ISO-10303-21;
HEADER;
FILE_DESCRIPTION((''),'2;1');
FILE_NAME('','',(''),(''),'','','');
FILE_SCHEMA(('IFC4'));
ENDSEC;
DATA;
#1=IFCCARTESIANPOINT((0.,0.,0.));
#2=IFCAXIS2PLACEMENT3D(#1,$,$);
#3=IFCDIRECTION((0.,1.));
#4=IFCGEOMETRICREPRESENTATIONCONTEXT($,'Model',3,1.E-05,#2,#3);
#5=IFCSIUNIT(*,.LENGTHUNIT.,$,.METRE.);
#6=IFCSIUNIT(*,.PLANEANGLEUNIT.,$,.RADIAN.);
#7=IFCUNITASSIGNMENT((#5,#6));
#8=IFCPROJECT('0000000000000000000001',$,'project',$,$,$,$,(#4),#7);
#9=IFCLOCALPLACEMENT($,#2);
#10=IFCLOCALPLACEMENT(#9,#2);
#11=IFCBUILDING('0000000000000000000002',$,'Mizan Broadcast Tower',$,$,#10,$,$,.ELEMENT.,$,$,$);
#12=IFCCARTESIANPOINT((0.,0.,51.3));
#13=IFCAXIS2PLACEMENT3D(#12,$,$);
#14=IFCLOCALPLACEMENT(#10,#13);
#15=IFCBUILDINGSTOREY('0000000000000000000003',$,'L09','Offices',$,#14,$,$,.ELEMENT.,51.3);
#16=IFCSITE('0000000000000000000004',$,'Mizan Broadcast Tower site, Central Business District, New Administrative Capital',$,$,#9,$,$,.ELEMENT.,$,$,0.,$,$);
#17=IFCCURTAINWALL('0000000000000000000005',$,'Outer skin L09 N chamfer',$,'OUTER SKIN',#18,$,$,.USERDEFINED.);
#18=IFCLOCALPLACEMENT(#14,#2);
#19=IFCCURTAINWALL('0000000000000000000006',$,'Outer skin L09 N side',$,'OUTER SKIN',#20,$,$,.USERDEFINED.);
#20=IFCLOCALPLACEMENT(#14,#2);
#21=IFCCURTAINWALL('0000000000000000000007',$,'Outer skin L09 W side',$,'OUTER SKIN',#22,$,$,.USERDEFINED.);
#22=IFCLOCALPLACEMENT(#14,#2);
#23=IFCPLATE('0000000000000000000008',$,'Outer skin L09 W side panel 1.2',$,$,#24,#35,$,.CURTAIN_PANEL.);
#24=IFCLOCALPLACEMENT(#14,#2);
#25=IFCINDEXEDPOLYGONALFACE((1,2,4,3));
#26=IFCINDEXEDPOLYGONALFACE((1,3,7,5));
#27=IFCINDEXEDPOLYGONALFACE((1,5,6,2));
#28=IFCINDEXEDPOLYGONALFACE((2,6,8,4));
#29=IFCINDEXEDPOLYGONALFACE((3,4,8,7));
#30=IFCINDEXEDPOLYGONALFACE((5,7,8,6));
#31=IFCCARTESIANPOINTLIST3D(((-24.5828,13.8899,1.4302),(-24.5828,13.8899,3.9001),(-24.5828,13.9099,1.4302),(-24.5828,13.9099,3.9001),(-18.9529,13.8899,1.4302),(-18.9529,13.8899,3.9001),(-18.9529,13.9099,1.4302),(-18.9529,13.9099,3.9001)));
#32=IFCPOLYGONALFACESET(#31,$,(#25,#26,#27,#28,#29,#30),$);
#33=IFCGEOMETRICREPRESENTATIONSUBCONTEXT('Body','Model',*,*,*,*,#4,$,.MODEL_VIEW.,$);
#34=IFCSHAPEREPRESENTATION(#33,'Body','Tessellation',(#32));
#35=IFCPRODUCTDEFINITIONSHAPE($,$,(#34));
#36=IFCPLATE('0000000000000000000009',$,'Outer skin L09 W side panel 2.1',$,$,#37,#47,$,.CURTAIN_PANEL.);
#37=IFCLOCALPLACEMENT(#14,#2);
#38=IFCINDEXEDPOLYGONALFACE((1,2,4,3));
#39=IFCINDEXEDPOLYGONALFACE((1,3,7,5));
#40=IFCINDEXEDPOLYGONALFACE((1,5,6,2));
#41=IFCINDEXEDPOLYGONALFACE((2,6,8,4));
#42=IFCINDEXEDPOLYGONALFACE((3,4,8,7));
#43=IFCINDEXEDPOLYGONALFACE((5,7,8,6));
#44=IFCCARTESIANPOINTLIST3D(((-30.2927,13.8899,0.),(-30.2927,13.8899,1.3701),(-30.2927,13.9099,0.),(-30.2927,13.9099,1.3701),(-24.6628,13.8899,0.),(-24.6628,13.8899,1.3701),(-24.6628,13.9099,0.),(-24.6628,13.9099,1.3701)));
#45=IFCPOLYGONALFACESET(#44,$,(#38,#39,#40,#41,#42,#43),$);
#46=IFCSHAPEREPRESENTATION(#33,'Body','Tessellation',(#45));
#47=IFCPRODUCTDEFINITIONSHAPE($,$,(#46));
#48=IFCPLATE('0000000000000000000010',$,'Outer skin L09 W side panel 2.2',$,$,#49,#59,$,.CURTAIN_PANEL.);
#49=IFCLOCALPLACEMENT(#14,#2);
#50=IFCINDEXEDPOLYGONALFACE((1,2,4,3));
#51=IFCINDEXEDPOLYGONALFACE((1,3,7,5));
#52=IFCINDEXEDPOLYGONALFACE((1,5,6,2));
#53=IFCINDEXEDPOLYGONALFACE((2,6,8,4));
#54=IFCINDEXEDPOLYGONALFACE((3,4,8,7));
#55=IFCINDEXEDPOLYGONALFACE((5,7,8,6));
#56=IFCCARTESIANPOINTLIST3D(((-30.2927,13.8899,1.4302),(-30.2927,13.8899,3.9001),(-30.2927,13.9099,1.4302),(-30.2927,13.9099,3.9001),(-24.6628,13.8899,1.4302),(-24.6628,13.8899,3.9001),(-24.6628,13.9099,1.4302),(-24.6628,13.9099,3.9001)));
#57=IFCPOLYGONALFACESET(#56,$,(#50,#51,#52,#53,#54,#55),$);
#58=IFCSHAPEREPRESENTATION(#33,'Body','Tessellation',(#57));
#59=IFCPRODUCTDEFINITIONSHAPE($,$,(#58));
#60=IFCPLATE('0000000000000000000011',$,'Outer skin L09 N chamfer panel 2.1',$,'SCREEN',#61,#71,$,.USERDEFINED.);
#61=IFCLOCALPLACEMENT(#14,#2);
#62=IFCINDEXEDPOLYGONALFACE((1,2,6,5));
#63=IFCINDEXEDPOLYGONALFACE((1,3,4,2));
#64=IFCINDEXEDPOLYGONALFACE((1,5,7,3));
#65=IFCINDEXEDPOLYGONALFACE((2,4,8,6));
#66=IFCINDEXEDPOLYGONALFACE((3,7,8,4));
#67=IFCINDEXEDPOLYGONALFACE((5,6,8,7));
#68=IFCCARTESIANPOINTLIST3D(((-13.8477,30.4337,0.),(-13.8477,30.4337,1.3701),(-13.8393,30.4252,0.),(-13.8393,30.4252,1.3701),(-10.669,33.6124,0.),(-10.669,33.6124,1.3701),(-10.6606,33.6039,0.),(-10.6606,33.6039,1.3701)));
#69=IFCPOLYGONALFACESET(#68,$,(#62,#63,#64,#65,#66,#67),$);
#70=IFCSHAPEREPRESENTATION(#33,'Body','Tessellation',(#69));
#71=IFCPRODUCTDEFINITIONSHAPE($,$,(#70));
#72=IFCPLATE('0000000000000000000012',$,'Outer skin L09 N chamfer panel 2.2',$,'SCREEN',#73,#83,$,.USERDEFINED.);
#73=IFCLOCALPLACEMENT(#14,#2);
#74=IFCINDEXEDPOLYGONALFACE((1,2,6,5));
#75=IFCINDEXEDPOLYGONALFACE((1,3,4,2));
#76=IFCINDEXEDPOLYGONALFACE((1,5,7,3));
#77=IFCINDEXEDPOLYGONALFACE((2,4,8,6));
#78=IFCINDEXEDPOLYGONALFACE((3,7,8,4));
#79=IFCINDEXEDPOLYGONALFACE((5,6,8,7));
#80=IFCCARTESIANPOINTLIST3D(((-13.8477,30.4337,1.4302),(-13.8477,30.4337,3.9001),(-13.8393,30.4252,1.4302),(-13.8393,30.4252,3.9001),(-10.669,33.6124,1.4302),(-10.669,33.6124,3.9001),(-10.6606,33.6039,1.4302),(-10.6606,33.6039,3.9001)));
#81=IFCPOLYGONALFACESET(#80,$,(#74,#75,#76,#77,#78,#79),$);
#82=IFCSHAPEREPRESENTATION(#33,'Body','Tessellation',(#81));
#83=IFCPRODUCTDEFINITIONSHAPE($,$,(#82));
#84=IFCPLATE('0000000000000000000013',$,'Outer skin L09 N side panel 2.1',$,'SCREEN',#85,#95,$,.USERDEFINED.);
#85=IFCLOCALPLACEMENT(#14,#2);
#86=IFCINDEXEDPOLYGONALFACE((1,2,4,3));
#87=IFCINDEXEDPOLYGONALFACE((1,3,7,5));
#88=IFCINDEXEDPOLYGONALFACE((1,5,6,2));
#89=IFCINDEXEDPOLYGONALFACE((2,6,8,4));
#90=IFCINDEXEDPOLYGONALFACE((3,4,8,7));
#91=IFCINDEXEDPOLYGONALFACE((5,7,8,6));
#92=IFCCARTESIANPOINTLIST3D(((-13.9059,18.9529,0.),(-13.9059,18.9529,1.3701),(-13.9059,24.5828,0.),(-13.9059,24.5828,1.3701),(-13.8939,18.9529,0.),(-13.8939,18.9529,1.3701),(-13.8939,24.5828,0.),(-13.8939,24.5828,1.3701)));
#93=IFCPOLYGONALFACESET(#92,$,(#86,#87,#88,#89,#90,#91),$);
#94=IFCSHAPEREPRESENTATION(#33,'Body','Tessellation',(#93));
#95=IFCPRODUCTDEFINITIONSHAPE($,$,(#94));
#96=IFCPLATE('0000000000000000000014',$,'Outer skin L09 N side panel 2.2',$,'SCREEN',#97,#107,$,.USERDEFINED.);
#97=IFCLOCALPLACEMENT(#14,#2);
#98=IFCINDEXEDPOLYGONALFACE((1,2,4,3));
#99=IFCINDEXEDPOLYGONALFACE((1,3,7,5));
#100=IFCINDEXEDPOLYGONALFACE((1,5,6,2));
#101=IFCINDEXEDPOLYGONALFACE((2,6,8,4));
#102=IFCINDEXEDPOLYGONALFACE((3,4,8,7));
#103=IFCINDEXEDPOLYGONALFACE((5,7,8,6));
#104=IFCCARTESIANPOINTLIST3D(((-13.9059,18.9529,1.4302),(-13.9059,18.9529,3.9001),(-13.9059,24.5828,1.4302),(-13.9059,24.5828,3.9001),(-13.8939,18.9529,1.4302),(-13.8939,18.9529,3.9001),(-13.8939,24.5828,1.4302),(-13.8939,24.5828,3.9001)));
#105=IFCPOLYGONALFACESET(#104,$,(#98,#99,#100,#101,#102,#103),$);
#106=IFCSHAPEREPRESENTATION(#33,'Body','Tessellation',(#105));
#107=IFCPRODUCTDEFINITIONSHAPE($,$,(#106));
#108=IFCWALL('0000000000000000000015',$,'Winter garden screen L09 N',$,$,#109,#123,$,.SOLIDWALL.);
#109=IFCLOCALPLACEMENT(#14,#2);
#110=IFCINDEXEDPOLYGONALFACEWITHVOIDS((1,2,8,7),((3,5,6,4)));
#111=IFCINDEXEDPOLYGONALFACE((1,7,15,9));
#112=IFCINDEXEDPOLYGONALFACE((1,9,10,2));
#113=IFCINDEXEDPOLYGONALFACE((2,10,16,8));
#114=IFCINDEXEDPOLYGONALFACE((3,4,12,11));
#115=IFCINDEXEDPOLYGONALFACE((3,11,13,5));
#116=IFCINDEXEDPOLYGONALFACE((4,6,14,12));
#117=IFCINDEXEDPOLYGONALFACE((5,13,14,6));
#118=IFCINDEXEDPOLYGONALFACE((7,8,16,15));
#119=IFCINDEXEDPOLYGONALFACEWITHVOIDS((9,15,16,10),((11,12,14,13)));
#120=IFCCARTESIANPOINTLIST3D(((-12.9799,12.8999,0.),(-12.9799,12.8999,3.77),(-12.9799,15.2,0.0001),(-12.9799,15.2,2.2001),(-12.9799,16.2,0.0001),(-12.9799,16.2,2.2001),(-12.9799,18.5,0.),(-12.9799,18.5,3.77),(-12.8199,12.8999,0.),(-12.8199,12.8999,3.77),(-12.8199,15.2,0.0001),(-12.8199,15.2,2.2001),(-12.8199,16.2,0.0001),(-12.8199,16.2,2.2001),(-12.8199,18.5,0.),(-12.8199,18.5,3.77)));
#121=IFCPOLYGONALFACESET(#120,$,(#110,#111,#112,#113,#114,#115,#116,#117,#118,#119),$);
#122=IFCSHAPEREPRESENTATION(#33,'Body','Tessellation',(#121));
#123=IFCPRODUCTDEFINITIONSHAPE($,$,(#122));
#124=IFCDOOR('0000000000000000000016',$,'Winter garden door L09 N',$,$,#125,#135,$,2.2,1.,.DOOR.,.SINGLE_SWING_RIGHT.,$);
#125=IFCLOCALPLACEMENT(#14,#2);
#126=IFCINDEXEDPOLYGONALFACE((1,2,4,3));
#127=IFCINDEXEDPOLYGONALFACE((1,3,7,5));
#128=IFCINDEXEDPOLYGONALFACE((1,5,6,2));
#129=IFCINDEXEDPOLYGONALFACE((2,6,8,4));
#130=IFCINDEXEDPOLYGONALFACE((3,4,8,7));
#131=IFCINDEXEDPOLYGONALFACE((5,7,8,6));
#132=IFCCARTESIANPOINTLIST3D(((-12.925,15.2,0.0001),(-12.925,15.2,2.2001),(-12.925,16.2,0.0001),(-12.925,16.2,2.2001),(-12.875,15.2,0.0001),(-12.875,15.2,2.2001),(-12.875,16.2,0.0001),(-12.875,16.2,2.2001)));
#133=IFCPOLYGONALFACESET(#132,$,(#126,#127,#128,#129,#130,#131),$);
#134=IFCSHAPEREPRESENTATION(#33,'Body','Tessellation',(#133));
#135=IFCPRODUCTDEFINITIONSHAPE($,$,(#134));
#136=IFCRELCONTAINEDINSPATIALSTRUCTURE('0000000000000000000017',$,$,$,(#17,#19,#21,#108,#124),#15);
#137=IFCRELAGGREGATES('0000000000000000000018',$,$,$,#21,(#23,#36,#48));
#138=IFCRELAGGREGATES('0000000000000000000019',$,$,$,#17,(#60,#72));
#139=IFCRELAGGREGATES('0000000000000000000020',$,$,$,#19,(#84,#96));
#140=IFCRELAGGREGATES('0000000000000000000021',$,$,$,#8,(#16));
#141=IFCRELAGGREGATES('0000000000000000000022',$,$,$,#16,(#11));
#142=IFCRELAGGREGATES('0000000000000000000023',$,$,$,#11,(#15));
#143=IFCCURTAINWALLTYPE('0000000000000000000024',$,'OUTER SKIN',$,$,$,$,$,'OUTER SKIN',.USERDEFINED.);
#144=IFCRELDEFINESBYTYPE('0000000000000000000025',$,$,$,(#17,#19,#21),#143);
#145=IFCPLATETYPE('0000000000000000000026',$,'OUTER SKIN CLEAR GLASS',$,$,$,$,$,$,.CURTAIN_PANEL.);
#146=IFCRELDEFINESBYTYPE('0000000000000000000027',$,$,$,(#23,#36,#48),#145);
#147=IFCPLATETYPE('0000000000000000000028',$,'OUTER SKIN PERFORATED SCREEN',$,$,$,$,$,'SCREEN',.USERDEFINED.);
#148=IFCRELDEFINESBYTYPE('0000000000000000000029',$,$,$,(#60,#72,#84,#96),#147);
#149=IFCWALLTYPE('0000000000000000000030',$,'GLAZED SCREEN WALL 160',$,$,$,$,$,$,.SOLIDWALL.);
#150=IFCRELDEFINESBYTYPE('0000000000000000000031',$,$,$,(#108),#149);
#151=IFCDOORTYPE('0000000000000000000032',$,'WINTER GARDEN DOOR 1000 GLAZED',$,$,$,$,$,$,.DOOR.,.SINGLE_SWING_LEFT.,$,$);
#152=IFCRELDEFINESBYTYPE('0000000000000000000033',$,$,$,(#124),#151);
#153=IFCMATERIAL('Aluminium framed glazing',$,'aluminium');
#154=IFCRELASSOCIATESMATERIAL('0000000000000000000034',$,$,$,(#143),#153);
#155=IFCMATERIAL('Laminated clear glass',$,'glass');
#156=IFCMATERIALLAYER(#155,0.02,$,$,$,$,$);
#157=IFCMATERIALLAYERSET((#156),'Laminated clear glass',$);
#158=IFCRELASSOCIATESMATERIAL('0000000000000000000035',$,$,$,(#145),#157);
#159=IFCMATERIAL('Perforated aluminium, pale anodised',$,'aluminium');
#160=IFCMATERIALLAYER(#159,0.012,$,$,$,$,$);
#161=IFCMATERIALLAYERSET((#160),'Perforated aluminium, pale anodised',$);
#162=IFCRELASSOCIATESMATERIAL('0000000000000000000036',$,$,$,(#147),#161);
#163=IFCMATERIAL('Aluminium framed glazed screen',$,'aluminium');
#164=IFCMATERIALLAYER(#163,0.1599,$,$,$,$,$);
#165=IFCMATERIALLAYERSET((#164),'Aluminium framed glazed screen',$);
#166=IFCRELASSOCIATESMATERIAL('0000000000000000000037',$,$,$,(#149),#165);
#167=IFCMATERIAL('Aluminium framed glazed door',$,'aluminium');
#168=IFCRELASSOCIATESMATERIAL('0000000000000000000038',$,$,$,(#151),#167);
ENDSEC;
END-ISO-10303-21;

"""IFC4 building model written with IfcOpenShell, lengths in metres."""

from ifc_helpers import new_model, si_unit, direction, frame, frame_2d, origin, origin_2d, place, context, subcontext, project, spatial, rectangle, extrude, material, layer, layer_set, type_object, element, fill, aggregate, save


model = new_model("IFC4")

# Units and contexts
model_context = context("Model", 3, precision=1e-05, world=origin(), true_north=direction((0.0, 1.0)))
body_context = subcontext(model_context, "Body", "Model", "MODEL_VIEW")
ifc_project = project(units=[si_unit("LENGTHUNIT", "METRE"), si_unit("PLANEANGLEUNIT", "RADIAN")], contexts=[model_context])

# Site, building, storey
site_placement = place(None, origin())
site = spatial("IfcSite", under=ifc_project, at=site_placement, Name="Mizan Broadcast Tower site, Central Business District, New Administrative Capital", CompositionType="ELEMENT", RefElevation=0.0)
building_placement = place(site_placement, origin())
building = spatial("IfcBuilding", under=site, at=building_placement, Name="Mizan Broadcast Tower", CompositionType="ELEMENT")
storey_placement = place(building_placement, frame((0.0, 0.0, 51.3)))
storey = spatial("IfcBuildingStorey", under=building, at=storey_placement, Name="L09", Description="Offices", CompositionType="ELEMENT", Elevation=51.3)

# Curtain wall
ifc_material_1 = material(Name="Aluminium framed glazing", Category="aluminium")
curtain_wall_type_1 = type_object("IfcCurtainWallType", Name="OUTER SKIN", ElementType="OUTER SKIN", PredefinedType="USERDEFINED", material=ifc_material_1)
curtain_wall_1_placement = place(storey_placement, origin())
curtain_wall_1 = element("IfcCurtainWall", 1, at=curtain_wall_1_placement, inside=storey, type_object=curtain_wall_type_1, Name="Outer skin L09 N chamfer", ObjectType="OUTER SKIN", PredefinedType="USERDEFINED")

# Curtain wall
curtain_wall_2_placement = place(storey_placement, origin())
curtain_wall_2 = element("IfcCurtainWall", 2, at=curtain_wall_2_placement, inside=storey, type_object=curtain_wall_type_1, Name="Outer skin L09 N side", ObjectType="OUTER SKIN", PredefinedType="USERDEFINED")

# Curtain wall
curtain_wall_3_placement = place(storey_placement, origin())
curtain_wall_3 = element("IfcCurtainWall", 3, at=curtain_wall_3_placement, inside=storey, type_object=curtain_wall_type_1, Name="Outer skin L09 W side", ObjectType="OUTER SKIN", PredefinedType="USERDEFINED")

# Plates
ifc_material_2 = material(Name="Laminated clear glass", Category="glass")
ifc_layer_1 = layer(ifc_material_2, 0.02)
ifc_layer_set_1 = layer_set([ifc_layer_1], Name="Laminated clear glass")
plate_type_1 = type_object("IfcPlateType", Name="OUTER SKIN CLEAR GLASS", PredefinedType="CURTAIN_PANEL", material=ifc_layer_set_1)
plate_1_placement = place(storey_placement, frame((-21.7678, 13.8999, 1.4302), z_axis=(0.0, 0.0, 1.0), x_axis=(-1.0, 0.0, 0.0)))
plate_1 = element("IfcPlate", 4, at=plate_1_placement, type_object=plate_type_1, Name="Outer skin L09 W side panel 1.2", PredefinedType="CURTAIN_PANEL", context=body_context, shape_type="SweptSolid", body=[
    extrude(rectangle(XDim=5.6299, YDim=0.02, at=origin_2d()), origin(), (0.0, 0.0, 1.0), 2.47),
])
plate_2_placement = place(storey_placement, frame((-27.4778, 13.8999, 0.0), z_axis=(0.0, 0.0, 1.0), x_axis=(-1.0, 0.0, 0.0)))
plate_2 = element("IfcPlate", 5, at=plate_2_placement, type_object=plate_type_1, Name="Outer skin L09 W side panel 2.1", PredefinedType="CURTAIN_PANEL", context=body_context, shape_type="SweptSolid", body=[
    extrude(rectangle(XDim=5.6299, YDim=0.02, at=origin_2d()), origin(), (0.0, 0.0, 1.0), 1.3701),
])
plate_3_placement = place(storey_placement, frame((-27.4778, 13.8999, 1.4302), z_axis=(0.0, 0.0, 1.0), x_axis=(-1.0, 0.0, 0.0)))
plate_3 = element("IfcPlate", 6, at=plate_3_placement, type_object=plate_type_1, Name="Outer skin L09 W side panel 2.2", PredefinedType="CURTAIN_PANEL", context=body_context, shape_type="SweptSolid", body=[
    extrude(rectangle(XDim=5.6299, YDim=0.02, at=origin_2d()), origin(), (0.0, 0.0, 1.0), 2.47),
])
aggregate(curtain_wall_3, [plate_1, plate_2, plate_3])
ifc_material_3 = material(Name="Perforated aluminium, pale anodised", Category="aluminium")
ifc_layer_2 = layer(ifc_material_3, 0.012)
ifc_layer_set_2 = layer_set([ifc_layer_2], Name="Perforated aluminium, pale anodised")
plate_type_2 = type_object("IfcPlateType", Name="OUTER SKIN PERFORATED SCREEN", ElementType="SCREEN", PredefinedType="USERDEFINED", material=ifc_layer_set_2)
plate_4_placement = place(storey_placement, frame((-12.2542, 32.0188, 0.0), z_axis=(0.0, 0.0, 1.0), x_axis=(-0.707107, -0.707107, 0.0)))
plate_4 = element("IfcPlate", 7, at=plate_4_placement, type_object=plate_type_2, Name="Outer skin L09 N chamfer panel 2.1", ObjectType="SCREEN", PredefinedType="USERDEFINED", context=body_context, shape_type="SweptSolid", body=[
    extrude(rectangle(XDim=4.4954, YDim=0.012, at=origin_2d()), origin(), (0.0, 0.0, 1.0), 1.3701),
])
plate_5_placement = place(storey_placement, frame((-12.2542, 32.0188, 1.4302), z_axis=(0.0, 0.0, 1.0), x_axis=(-0.707107, -0.707107, 0.0)))
plate_5 = element("IfcPlate", 8, at=plate_5_placement, type_object=plate_type_2, Name="Outer skin L09 N chamfer panel 2.2", ObjectType="SCREEN", PredefinedType="USERDEFINED", context=body_context, shape_type="SweptSolid", body=[
    extrude(rectangle(XDim=4.4954, YDim=0.012, at=origin_2d()), origin(), (0.0, 0.0, 1.0), 2.47),
])
aggregate(curtain_wall_1, [plate_4, plate_5])
plate_6_placement = place(storey_placement, frame((-13.8999, 21.7678, 0.0), z_axis=(0.0, 0.0, 1.0), x_axis=(0.0, -1.0, 0.0)))
plate_6 = element("IfcPlate", 9, at=plate_6_placement, type_object=plate_type_2, Name="Outer skin L09 N side panel 2.1", ObjectType="SCREEN", PredefinedType="USERDEFINED", context=body_context, shape_type="SweptSolid", body=[
    extrude(rectangle(XDim=5.6299, YDim=0.012, at=origin_2d()), origin(), (0.0, 0.0, 1.0), 1.3701),
])
plate_7_placement = place(storey_placement, frame((-13.8999, 21.7678, 1.4302), z_axis=(0.0, 0.0, 1.0), x_axis=(0.0, -1.0, 0.0)))
plate_7 = element("IfcPlate", 10, at=plate_7_placement, type_object=plate_type_2, Name="Outer skin L09 N side panel 2.2", ObjectType="SCREEN", PredefinedType="USERDEFINED", context=body_context, shape_type="SweptSolid", body=[
    extrude(rectangle(XDim=5.6299, YDim=0.012, at=origin_2d()), origin(), (0.0, 0.0, 1.0), 2.47),
])
aggregate(curtain_wall_2, [plate_6, plate_7])

# Wall, opening, door
ifc_material_4 = material(Name="Aluminium framed glazed screen", Category="aluminium")
ifc_layer_3 = layer(ifc_material_4, 0.1599)
ifc_layer_set_3 = layer_set([ifc_layer_3], Name="Aluminium framed glazed screen")
wall_type = type_object("IfcWallType", Name="GLAZED SCREEN WALL 160", PredefinedType="SOLIDWALL", material=ifc_layer_set_3)
wall_placement = place(storey_placement, frame((-12.8999, 18.5, 0.0), z_axis=(0.0, 0.0, 1.0), x_axis=(0.0, -1.0, 0.0)))
wall = element("IfcWall", 11, at=wall_placement, inside=storey, type_object=wall_type, Name="Winter garden screen L09 N", PredefinedType="SOLIDWALL", context=body_context, shape_type="SweptSolid", body=[
    extrude(rectangle(XDim=5.6001, YDim=0.1599, at=frame_2d((2.8, 0.0))), origin(), (0.0, 0.0, 1.0), 3.77),
])
opening_placement = place(wall_placement, frame((2.3, 0.0, 0.0)))
opening = element("IfcOpeningElement", 12, at=opening_placement, cuts=wall, PredefinedType="OPENING", context=body_context, shape_type="SweptSolid", body=[
    extrude(rectangle(XDim=1.0, YDim=2.2, at=frame_2d((0.5, 1.1001))), frame((0.0, 0.0898, 0.0), z_axis=(0.0, -1.0, 0.0), x_axis=(1.0, 0.0, 0.0)), (0.0, 0.0, 1.0), 0.1799),
])
ifc_material_5 = material(Name="Aluminium framed glazed door", Category="aluminium")
door_type = type_object("IfcDoorType", Name="WINTER GARDEN DOOR 1000 GLAZED", OperationType="SINGLE_SWING_LEFT", PredefinedType="DOOR", material=ifc_material_5)
door_placement = place(opening_placement, origin())
door = element("IfcDoor", 13, at=door_placement, inside=storey, type_object=door_type, Name="Winter garden door L09 N", OperationType="SINGLE_SWING_RIGHT", OverallHeight=2.2, OverallWidth=1.0, PredefinedType="DOOR", context=body_context, shape_type="SweptSolid", body=[
    extrude(rectangle(XDim=1.0, YDim=2.2, at=frame_2d((0.5, 1.1001))), frame((0.0, 0.0249, 0.0), z_axis=(0.0, -1.0, 0.0), x_axis=(1.0, 0.0, 0.0)), (0.0, 0.0, 1.0), 0.05),
])
fill(opening, door)

save(model, "model.ifc")
